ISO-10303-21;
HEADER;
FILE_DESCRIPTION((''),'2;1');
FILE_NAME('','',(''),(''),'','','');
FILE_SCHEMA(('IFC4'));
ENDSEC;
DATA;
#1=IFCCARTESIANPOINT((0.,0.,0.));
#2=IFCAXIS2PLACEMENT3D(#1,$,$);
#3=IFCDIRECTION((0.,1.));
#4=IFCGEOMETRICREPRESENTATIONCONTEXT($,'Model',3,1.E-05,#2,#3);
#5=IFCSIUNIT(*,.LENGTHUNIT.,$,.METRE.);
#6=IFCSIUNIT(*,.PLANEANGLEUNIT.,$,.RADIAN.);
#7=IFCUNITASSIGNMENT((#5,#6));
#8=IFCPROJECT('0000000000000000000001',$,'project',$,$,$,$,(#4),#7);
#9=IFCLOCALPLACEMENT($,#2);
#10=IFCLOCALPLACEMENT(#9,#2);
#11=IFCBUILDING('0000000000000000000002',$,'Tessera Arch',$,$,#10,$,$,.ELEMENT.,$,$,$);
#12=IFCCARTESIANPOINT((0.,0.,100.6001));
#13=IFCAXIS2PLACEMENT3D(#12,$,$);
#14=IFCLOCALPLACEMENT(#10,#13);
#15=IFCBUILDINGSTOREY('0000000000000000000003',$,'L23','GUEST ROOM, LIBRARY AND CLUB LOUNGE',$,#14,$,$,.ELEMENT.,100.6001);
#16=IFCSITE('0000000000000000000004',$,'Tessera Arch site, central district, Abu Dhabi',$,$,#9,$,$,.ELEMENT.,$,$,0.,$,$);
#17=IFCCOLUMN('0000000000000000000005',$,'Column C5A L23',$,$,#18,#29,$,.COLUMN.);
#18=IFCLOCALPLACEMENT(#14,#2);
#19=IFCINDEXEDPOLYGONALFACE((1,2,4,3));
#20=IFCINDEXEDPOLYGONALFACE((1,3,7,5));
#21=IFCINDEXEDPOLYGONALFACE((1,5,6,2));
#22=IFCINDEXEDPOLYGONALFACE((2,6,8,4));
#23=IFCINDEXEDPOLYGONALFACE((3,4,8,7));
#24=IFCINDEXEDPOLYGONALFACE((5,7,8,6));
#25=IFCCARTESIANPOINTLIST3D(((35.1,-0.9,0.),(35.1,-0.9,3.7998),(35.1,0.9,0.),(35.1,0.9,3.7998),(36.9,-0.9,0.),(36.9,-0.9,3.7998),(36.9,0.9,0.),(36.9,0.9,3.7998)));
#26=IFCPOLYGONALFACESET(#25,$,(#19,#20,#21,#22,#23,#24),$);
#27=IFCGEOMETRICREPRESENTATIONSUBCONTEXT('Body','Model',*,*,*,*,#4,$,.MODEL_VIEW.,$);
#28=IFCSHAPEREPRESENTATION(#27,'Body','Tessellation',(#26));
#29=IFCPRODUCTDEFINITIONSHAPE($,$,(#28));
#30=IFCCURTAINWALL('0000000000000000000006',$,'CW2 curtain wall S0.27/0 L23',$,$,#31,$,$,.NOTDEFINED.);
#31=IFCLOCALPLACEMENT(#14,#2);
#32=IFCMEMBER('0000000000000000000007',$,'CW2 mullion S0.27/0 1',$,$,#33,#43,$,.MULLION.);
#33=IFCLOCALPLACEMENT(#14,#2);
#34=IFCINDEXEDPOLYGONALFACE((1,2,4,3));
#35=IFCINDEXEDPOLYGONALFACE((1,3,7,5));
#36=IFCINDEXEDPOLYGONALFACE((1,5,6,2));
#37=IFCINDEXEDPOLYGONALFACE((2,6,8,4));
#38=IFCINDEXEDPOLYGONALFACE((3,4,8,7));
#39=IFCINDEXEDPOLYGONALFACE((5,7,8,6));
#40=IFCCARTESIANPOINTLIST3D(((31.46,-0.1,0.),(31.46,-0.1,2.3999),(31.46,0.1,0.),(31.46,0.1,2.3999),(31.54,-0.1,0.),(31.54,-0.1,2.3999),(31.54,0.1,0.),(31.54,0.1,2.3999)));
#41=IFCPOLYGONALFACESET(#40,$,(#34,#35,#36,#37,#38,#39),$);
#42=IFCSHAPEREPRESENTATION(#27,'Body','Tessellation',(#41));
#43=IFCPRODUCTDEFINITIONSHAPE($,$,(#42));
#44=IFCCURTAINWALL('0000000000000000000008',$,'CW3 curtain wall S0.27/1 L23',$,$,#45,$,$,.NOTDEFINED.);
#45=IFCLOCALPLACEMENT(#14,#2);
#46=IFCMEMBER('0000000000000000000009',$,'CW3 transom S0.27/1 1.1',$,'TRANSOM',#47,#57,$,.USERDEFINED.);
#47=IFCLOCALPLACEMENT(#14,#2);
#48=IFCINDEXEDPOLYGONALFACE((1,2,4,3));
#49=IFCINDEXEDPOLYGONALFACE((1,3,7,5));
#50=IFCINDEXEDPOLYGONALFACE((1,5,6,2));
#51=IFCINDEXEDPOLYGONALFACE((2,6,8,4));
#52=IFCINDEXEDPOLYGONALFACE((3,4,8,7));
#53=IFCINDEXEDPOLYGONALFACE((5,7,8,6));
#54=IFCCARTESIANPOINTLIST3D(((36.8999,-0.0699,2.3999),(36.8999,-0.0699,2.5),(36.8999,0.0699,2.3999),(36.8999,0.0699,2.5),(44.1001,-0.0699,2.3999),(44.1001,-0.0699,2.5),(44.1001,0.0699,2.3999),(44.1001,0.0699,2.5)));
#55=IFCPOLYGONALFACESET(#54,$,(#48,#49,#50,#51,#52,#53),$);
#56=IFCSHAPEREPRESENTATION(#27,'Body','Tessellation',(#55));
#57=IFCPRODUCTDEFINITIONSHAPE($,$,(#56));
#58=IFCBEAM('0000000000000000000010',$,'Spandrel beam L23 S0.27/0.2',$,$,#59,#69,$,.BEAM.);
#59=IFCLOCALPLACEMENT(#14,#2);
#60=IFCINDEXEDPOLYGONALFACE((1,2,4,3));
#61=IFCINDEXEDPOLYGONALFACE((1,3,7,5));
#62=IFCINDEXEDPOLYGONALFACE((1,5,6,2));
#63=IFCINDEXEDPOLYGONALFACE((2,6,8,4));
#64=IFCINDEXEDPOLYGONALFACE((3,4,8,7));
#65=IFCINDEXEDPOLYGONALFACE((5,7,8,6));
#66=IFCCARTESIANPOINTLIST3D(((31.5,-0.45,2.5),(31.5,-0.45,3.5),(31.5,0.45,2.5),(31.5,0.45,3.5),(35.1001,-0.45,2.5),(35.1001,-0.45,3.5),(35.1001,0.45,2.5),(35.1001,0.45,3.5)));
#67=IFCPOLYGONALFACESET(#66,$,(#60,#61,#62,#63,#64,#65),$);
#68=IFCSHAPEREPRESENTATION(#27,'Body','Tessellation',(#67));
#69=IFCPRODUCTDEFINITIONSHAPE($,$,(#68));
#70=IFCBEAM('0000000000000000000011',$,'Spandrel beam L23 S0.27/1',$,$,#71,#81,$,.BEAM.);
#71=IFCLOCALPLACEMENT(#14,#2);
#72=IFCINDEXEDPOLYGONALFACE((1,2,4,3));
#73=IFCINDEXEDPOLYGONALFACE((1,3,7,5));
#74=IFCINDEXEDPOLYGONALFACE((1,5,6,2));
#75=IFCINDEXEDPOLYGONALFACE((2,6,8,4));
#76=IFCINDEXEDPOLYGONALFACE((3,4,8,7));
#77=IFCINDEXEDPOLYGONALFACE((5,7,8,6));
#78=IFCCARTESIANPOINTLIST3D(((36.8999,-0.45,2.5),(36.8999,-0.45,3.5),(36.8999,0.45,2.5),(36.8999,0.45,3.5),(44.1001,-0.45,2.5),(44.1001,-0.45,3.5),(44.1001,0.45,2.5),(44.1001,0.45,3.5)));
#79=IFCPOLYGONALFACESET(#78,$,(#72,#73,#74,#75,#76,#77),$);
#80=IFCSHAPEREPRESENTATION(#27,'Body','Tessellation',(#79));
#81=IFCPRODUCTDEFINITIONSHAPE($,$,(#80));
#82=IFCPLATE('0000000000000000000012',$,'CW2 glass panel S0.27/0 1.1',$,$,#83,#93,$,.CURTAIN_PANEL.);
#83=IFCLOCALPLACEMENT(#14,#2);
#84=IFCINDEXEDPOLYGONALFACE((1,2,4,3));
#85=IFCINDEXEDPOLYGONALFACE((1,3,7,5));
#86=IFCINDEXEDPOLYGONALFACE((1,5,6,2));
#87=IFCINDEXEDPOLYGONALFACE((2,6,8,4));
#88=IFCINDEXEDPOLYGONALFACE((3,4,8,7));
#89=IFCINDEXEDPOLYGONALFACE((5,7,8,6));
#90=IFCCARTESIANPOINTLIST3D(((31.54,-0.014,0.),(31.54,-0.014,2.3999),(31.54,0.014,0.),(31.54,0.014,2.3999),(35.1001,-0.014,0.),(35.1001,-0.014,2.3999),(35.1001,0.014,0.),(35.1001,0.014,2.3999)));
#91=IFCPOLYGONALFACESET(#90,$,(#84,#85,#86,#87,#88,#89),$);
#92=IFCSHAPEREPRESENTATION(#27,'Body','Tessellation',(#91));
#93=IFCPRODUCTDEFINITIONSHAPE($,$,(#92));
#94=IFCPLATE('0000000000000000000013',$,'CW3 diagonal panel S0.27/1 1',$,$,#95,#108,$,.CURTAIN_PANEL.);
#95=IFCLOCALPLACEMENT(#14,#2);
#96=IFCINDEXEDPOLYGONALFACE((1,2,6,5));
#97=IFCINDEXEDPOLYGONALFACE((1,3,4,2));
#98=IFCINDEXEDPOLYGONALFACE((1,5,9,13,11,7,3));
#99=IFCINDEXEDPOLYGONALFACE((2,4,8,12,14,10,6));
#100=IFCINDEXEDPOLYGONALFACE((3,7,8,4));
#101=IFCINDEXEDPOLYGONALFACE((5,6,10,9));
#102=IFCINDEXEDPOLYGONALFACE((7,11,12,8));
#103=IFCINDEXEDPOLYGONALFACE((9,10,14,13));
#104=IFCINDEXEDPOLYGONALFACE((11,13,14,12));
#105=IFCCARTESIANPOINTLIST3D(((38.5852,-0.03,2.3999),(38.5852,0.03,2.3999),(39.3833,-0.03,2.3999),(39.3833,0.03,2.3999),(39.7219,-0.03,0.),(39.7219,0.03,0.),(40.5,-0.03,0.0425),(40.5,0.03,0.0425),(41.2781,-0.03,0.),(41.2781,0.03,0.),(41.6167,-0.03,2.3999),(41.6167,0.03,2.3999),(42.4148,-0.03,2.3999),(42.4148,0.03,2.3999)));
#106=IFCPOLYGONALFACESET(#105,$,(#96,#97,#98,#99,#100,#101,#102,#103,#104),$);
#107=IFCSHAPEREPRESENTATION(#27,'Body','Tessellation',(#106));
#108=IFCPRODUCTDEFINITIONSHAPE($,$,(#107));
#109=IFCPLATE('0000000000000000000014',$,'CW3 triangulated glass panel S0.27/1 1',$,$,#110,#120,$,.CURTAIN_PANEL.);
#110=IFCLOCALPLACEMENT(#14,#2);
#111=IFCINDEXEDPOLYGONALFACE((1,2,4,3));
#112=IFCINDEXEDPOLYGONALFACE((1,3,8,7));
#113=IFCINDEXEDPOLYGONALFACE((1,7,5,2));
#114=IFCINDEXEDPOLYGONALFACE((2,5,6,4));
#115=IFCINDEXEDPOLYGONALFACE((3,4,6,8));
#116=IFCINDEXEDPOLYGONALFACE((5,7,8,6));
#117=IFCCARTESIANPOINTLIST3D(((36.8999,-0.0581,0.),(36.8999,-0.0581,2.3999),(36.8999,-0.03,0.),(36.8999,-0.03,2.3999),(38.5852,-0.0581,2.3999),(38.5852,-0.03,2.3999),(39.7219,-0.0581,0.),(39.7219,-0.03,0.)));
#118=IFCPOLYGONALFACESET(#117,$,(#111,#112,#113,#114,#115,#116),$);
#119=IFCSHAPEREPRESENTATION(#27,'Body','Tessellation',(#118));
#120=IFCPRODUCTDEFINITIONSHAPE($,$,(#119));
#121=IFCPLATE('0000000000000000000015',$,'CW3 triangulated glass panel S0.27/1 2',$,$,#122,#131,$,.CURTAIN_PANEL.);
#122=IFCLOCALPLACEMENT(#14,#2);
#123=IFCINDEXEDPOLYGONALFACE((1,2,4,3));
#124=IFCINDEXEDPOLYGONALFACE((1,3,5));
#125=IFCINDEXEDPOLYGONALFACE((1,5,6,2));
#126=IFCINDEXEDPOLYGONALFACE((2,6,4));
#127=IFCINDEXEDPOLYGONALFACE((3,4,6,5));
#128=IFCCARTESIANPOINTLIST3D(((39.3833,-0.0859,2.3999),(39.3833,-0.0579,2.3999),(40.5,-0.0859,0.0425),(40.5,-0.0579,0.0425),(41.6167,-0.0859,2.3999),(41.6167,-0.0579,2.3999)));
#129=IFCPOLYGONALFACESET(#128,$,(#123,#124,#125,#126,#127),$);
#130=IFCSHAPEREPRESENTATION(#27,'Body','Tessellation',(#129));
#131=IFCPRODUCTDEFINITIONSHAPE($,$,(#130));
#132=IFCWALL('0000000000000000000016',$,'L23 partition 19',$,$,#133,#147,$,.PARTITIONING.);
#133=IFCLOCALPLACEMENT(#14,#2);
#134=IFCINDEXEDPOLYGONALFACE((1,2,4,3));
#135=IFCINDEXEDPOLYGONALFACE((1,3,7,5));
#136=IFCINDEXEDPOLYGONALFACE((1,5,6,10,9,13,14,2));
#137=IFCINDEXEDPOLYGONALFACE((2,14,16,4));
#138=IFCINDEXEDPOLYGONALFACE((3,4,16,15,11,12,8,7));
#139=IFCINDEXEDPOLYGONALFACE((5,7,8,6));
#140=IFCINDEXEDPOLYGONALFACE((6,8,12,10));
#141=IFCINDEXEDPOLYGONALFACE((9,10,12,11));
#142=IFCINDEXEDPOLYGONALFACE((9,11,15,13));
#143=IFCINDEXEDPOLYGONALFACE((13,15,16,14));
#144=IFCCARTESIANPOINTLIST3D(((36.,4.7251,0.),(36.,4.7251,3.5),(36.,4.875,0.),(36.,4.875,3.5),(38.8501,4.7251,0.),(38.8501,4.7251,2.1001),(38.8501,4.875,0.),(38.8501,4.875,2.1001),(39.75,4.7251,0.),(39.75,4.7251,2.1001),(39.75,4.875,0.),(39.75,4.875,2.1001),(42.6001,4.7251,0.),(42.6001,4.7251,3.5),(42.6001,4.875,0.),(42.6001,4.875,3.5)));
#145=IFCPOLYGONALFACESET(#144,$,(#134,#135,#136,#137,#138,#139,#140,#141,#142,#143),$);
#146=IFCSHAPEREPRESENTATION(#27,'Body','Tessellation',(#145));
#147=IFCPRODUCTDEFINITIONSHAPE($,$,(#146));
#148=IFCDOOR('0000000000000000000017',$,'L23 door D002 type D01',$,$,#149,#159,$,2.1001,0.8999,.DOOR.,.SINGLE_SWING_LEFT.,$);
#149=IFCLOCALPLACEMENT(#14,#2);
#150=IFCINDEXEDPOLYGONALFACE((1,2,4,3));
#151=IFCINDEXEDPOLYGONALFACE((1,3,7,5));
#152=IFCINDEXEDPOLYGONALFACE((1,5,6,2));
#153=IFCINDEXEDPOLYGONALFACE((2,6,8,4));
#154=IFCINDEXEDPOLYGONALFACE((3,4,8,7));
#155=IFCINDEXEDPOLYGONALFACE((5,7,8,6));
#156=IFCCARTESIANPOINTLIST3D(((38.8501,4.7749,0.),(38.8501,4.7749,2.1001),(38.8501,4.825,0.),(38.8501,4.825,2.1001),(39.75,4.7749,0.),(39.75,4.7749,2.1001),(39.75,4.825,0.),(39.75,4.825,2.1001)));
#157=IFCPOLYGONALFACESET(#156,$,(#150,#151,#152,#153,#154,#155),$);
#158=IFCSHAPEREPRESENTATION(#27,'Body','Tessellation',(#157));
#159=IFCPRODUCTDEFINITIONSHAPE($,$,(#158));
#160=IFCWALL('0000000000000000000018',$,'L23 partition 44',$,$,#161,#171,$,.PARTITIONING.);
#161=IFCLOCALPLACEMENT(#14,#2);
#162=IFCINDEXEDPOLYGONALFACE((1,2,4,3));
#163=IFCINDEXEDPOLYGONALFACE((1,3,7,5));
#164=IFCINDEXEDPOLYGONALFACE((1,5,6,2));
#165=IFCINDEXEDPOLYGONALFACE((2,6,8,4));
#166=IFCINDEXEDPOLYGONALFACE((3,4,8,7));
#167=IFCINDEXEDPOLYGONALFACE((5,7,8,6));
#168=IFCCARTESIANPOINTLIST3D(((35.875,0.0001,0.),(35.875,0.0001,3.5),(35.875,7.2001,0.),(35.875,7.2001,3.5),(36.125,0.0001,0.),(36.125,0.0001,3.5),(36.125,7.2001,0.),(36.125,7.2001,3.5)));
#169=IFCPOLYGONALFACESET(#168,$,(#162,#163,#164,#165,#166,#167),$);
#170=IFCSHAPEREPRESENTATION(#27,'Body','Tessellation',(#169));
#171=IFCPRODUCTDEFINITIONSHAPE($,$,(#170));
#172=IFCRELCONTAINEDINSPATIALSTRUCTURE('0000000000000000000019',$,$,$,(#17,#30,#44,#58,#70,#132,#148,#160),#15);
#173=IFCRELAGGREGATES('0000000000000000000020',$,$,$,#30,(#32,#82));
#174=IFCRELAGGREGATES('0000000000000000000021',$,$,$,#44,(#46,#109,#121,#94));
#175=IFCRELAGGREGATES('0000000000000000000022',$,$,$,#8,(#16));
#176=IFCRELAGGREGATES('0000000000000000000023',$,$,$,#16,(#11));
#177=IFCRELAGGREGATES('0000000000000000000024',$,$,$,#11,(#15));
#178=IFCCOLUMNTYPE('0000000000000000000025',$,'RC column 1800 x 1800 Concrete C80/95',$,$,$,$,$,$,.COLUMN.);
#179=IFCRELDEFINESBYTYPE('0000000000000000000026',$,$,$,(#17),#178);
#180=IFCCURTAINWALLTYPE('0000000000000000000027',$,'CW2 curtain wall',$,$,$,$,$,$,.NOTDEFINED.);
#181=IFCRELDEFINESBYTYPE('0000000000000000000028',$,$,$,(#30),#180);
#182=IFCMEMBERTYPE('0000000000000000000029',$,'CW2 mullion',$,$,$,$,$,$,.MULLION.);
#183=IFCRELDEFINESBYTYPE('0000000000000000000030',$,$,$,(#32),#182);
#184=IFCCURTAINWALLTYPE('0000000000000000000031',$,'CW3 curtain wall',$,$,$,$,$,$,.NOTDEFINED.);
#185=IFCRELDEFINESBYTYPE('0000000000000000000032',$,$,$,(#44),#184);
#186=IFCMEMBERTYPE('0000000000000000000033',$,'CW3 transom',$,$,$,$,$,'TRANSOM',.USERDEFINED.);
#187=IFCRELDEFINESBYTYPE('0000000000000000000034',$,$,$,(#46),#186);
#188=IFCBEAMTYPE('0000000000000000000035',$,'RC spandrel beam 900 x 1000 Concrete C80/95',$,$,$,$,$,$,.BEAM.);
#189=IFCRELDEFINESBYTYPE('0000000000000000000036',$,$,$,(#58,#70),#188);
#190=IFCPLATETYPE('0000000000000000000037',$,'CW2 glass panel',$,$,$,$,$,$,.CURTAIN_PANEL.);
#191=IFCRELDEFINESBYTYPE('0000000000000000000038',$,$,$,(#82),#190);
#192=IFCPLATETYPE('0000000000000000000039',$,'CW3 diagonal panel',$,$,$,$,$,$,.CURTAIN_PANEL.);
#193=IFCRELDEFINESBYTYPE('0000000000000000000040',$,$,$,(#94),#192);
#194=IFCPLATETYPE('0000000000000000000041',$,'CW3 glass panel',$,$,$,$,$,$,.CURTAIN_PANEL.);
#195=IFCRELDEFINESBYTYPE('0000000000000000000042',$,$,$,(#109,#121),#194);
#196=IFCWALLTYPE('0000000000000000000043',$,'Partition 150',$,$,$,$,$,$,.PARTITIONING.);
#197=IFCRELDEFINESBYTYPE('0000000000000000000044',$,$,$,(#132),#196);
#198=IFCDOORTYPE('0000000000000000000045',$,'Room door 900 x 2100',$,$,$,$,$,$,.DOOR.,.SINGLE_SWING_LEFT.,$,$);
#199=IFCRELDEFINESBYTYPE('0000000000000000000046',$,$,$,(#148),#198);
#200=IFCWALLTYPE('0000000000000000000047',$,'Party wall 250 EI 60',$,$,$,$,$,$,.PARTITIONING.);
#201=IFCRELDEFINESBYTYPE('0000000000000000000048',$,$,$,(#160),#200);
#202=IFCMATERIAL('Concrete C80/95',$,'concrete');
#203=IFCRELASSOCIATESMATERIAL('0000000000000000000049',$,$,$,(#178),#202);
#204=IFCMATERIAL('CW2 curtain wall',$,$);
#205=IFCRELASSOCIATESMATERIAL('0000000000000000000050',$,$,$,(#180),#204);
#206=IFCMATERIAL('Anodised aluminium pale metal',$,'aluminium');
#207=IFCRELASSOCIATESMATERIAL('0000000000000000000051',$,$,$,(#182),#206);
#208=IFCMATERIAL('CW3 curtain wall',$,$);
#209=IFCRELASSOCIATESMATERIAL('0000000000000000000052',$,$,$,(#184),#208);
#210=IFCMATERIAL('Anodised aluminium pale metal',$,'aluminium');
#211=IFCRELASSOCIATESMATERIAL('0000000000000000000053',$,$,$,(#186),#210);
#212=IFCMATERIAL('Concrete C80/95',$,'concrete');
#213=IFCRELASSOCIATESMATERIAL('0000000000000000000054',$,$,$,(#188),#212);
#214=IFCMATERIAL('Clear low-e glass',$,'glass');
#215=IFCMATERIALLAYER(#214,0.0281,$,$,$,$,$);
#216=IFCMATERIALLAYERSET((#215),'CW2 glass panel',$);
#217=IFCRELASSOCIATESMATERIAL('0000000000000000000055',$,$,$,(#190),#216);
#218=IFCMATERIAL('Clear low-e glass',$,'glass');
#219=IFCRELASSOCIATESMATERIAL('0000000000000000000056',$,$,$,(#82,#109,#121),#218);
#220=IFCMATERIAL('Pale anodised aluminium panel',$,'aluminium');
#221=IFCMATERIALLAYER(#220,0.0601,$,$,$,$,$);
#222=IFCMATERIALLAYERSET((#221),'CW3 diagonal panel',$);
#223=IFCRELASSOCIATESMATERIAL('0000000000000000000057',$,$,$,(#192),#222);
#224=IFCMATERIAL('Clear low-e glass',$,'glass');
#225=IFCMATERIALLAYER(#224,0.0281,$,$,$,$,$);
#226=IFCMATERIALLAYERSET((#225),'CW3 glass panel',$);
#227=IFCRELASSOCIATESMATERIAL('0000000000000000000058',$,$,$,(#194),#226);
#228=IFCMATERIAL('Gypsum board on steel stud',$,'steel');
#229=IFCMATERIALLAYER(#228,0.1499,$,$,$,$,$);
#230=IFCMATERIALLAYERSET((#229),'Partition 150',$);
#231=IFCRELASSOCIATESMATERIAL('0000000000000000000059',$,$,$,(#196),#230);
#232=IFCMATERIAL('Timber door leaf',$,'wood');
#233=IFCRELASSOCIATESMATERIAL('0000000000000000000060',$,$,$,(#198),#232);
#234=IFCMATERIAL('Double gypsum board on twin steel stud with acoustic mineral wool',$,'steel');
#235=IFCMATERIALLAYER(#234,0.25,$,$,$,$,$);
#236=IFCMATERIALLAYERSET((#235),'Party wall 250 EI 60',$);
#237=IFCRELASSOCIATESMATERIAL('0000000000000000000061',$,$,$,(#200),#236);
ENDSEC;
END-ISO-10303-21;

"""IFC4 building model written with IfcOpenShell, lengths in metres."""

from ifc_helpers import new_model, si_unit, direction, frame, frame_2d, origin, origin_2d, place, context, subcontext, project, spatial, polyline, rectangle, outline, extrude, material, layer, layer_set, material_profile, profile_set, type_object, element, fill, aggregate, save


model = new_model("IFC4")

# Units and contexts
model_context = context("Model", 3, precision=1e-05, world=origin(), true_north=direction((0.0, 1.0)))
body_context = subcontext(model_context, "Body", "Model", "MODEL_VIEW")
ifc_project = project(units=[si_unit("LENGTHUNIT", "METRE"), si_unit("PLANEANGLEUNIT", "RADIAN")], contexts=[model_context])

# Site, building, storey
site_placement = place(None, origin())
site = spatial("IfcSite", under=ifc_project, at=site_placement, Name="Tessera Arch site, central district, Abu Dhabi", CompositionType="ELEMENT", RefElevation=0.0)
building_placement = place(site_placement, origin())
building = spatial("IfcBuilding", under=site, at=building_placement, Name="Tessera Arch", CompositionType="ELEMENT")
storey_placement = place(building_placement, frame((0.0, 0.0, 100.6001)))
storey = spatial("IfcBuildingStorey", under=building, at=storey_placement, Name="L23", Description="GUEST ROOM, LIBRARY AND CLUB LOUNGE", CompositionType="ELEMENT", Elevation=100.6001)

# Column
ifc_material_1 = material(Name="Concrete C80/95", Category="concrete")
ifc_material_profile_1 = material_profile(ifc_material_1, rectangle(XDim=1.8, YDim=1.8, at=origin_2d()), Name="RC column 1800 x 1800 Concrete C80/95")
ifc_profile_set_1 = profile_set([ifc_material_profile_1], Name="Concrete C80/95")
column_type = type_object("IfcColumnType", Name="RC column 1800 x 1800 Concrete C80/95", PredefinedType="COLUMN", material=ifc_profile_set_1)
column_placement = place(storey_placement, frame((36.0, 0.0, 0.0), z_axis=(0.0, 0.0, 1.0), x_axis=(1.0, 0.0, 0.0)))
element("IfcColumn", 1, at=column_placement, inside=storey, type_object=column_type, Name="Column C5A L23", PredefinedType="COLUMN", context=body_context, shape_type="SweptSolid", body=[
    extrude(rectangle(XDim=1.8, YDim=1.8, at=origin_2d()), origin(), (0.0, 0.0, 1.0), 3.7998),
])

# Curtain walls, members
ifc_material_2 = material(Name="CW2 curtain wall")
curtain_wall_type_1 = type_object("IfcCurtainWallType", Name="CW2 curtain wall", PredefinedType="NOTDEFINED", material=ifc_material_2)
curtain_wall_1_placement = place(storey_placement, origin())
curtain_wall_1 = element("IfcCurtainWall", 2, at=curtain_wall_1_placement, inside=storey, type_object=curtain_wall_type_1, Name="CW2 curtain wall S0.27/0 L23", PredefinedType="NOTDEFINED")
ifc_material_3 = material(Name="Anodised aluminium pale metal", Category="aluminium")
ifc_material_profile_2 = material_profile(ifc_material_3, rectangle(XDim=0.2, YDim=0.0801, at=origin_2d()), Name="AL 80x200")
ifc_profile_set_2 = profile_set([ifc_material_profile_2], Name="Anodised aluminium pale metal")
member_type_1 = type_object("IfcMemberType", Name="CW2 mullion", PredefinedType="MULLION", material=ifc_profile_set_2)
member_1_placement = place(storey_placement, frame((31.5, 0.0, 0.0), z_axis=(0.0, 0.0, 1.0), x_axis=(0.0, 1.0, 0.0)))
member_1 = element("IfcMember", 3, at=member_1_placement, type_object=member_type_1, Name="CW2 mullion S0.27/0 1", PredefinedType="MULLION", context=body_context, shape_type="SweptSolid", body=[
    extrude(rectangle(XDim=0.2, YDim=0.0801, at=origin_2d()), origin(), (0.0, 0.0, 1.0), 2.3999),
])
ifc_material_4 = material(Name="CW3 curtain wall")
curtain_wall_type_2 = type_object("IfcCurtainWallType", Name="CW3 curtain wall", PredefinedType="NOTDEFINED", material=ifc_material_4)
curtain_wall_2_placement = place(storey_placement, origin())
curtain_wall_2 = element("IfcCurtainWall", 4, at=curtain_wall_2_placement, inside=storey, type_object=curtain_wall_type_2, Name="CW3 curtain wall S0.27/1 L23", PredefinedType="NOTDEFINED")
ifc_material_5 = material(Name="Anodised aluminium pale metal", Category="aluminium")
ifc_material_profile_3 = material_profile(ifc_material_5, rectangle(XDim=0.1399, YDim=0.1001, at=origin_2d()), Name="AL 140x100")
ifc_profile_set_3 = profile_set([ifc_material_profile_3], Name="Anodised aluminium pale metal")
member_type_2 = type_object("IfcMemberType", Name="CW3 transom", ElementType="TRANSOM", PredefinedType="USERDEFINED", material=ifc_profile_set_3)
member_2_placement = place(storey_placement, frame((36.8999, 0.0, 2.45), z_axis=(1.0, 0.0, 0.0), x_axis=(0.0, 1.0, 0.0)))
member_2 = element("IfcMember", 5, at=member_2_placement, type_object=member_type_2, Name="CW3 transom S0.27/1 1.1", ObjectType="TRANSOM", PredefinedType="USERDEFINED", context=body_context, shape_type="SweptSolid", body=[
    extrude(rectangle(XDim=0.1399, YDim=0.1001, at=origin_2d()), origin(), (0.0, 0.0, 1.0), 7.2002),
])

# Beams
ifc_material_6 = material(Name="Concrete C80/95", Category="concrete")
ifc_material_profile_4 = material_profile(ifc_material_6, rectangle(XDim=0.8999, YDim=1.0, at=origin_2d()), Name="RC spandrel beam 900 x 1000 Concrete C80/95")
ifc_profile_set_4 = profile_set([ifc_material_profile_4], Name="Concrete C80/95")
beam_type = type_object("IfcBeamType", Name="RC spandrel beam 900 x 1000 Concrete C80/95", PredefinedType="BEAM", material=ifc_profile_set_4)
beam_1_placement = place(storey_placement, frame((31.5, 0.0, 3.0), z_axis=(1.0, 0.0, 0.0), x_axis=(0.0, 1.0, 0.0)))
element("IfcBeam", 6, at=beam_1_placement, inside=storey, type_object=beam_type, Name="Spandrel beam L23 S0.27/0.2", PredefinedType="BEAM", context=body_context, shape_type="SweptSolid", body=[
    extrude(rectangle(XDim=0.8999, YDim=1.0, at=origin_2d()), origin(), (0.0, 0.0, 1.0), 3.6001),
])
beam_2_placement = place(storey_placement, frame((36.8999, 0.0, 3.0), z_axis=(1.0, 0.0, 0.0), x_axis=(0.0, 1.0, 0.0)))
element("IfcBeam", 7, at=beam_2_placement, inside=storey, type_object=beam_type, Name="Spandrel beam L23 S0.27/1", PredefinedType="BEAM", context=body_context, shape_type="SweptSolid", body=[
    extrude(rectangle(XDim=0.8999, YDim=1.0, at=origin_2d()), origin(), (0.0, 0.0, 1.0), 7.2002),
])

# Plates
ifc_material_7 = material(Name="Clear low-e glass", Category="glass")
ifc_material_8 = material(Name="Clear low-e glass", Category="glass")
ifc_layer_1 = layer(ifc_material_8, 0.0281)
ifc_layer_set_1 = layer_set([ifc_layer_1], Name="CW2 glass panel")
plate_type_1 = type_object("IfcPlateType", Name="CW2 glass panel", PredefinedType="CURTAIN_PANEL", material=ifc_layer_set_1)
plate_1_placement = place(storey_placement, frame((33.3201, 0.0, 0.0), z_axis=(0.0, 0.0, 1.0), x_axis=(1.0, 0.0, 0.0)))
plate_1 = element("IfcPlate", 8, at=plate_1_placement, type_object=plate_type_1, material=ifc_material_7, Name="CW2 glass panel S0.27/0 1.1", PredefinedType="CURTAIN_PANEL", context=body_context, shape_type="SweptSolid", body=[
    extrude(rectangle(XDim=3.5601, YDim=0.0281, at=origin_2d()), origin(), (0.0, 0.0, 1.0), 2.3999),
])
aggregate(curtain_wall_1, [member_1, plate_1])
ifc_material_9 = material(Name="Pale anodised aluminium panel", Category="aluminium")
ifc_layer_2 = layer(ifc_material_9, 0.0601)
ifc_layer_set_2 = layer_set([ifc_layer_2], Name="CW3 diagonal panel")
plate_type_2 = type_object("IfcPlateType", Name="CW3 diagonal panel", PredefinedType="CURTAIN_PANEL", material=ifc_layer_set_2)
plate_2_placement = place(storey_placement, frame((42.4148, -0.03, 2.3999), z_axis=(0.0, -1.0, 0.0), x_axis=(-1.0, 0.0, 0.0)))
plate_2 = element("IfcPlate", 9, at=plate_2_placement, type_object=plate_type_2, Name="CW3 diagonal panel S0.27/1 1", PredefinedType="CURTAIN_PANEL", context=body_context, shape_type="SweptSolid", body=[
    extrude(outline(polyline([(0.0, 0.0), (0.7981, 0.0), (1.9148, 2.3574), (3.0315, 0.0), (3.8296, 0.0), (2.6929, 2.3999), (1.1367, 2.3999), (0.0, 0.0)])), origin(), (0.0, 0.0, -1.0), 0.0601),
])
ifc_material_10 = material(Name="Clear low-e glass", Category="glass")
ifc_layer_3 = layer(ifc_material_10, 0.0281)
ifc_layer_set_3 = layer_set([ifc_layer_3], Name="CW3 glass panel")
plate_type_3 = type_object("IfcPlateType", Name="CW3 glass panel", PredefinedType="CURTAIN_PANEL", material=ifc_layer_set_3)
plate_3_placement = place(storey_placement, frame((36.8999, -0.0581, 0.0), z_axis=(0.0, -1.0, 0.0), x_axis=(1.0, 0.0, 0.0)))
plate_3 = element("IfcPlate", 10, at=plate_3_placement, type_object=plate_type_3, material=ifc_material_7, Name="CW3 triangulated glass panel S0.27/1 1", PredefinedType="CURTAIN_PANEL", context=body_context, shape_type="SweptSolid", body=[
    extrude(outline(polyline([(0.0, 0.0), (2.822, 0.0), (1.6853, 2.3999), (0.0, 2.3999), (0.0, 0.0)])), origin(), (0.0, 0.0, -1.0), 0.0281),
])
plate_4_placement = place(storey_placement, frame((41.6167, -0.0859, 2.3999), z_axis=(0.0, -1.0, 0.0), x_axis=(-1.0, 0.0, 0.0)))
plate_4 = element("IfcPlate", 11, at=plate_4_placement, type_object=plate_type_3, material=ifc_material_7, Name="CW3 triangulated glass panel S0.27/1 2", PredefinedType="CURTAIN_PANEL", context=body_context, shape_type="SweptSolid", body=[
    extrude(outline(polyline([(0.0, 0.0), (2.2334, 0.0), (1.1167, 2.3574), (0.0, 0.0)])), origin(), (0.0, 0.0, -1.0), 0.0281),
])
aggregate(curtain_wall_2, [member_2, plate_3, plate_4, plate_2])

# Wall, opening, door
ifc_material_11 = material(Name="Gypsum board on steel stud", Category="steel")
ifc_layer_4 = layer(ifc_material_11, 0.1499)
ifc_layer_set_4 = layer_set([ifc_layer_4], Name="Partition 150")
wall_type_1 = type_object("IfcWallType", Name="Partition 150", PredefinedType="PARTITIONING", material=ifc_layer_set_4)
wall_1_placement = place(storey_placement, frame((36.0, 4.8, 0.0), z_axis=(0.0, 0.0, 1.0), x_axis=(1.0, 0.0, 0.0)))
wall_1 = element("IfcWall", 12, at=wall_1_placement, inside=storey, type_object=wall_type_1, Name="L23 partition 19", PredefinedType="PARTITIONING", context=body_context, shape_type="SweptSolid", body=[
    extrude(rectangle(XDim=6.6001, YDim=0.1499, at=frame_2d((3.3, 0.0))), origin(), (0.0, 0.0, 1.0), 3.5),
])
opening_1_placement = place(wall_1_placement, frame((2.8501, 0.0, 0.0)))
opening_1 = element("IfcOpeningElement", 13, at=opening_1_placement, cuts=wall_1, PredefinedType="OPENING", context=body_context, shape_type="SweptSolid", body=[
    extrude(rectangle(XDim=0.8999, YDim=2.1001, at=frame_2d((0.45, 1.05))), frame((0.0, 0.085, 0.0), z_axis=(0.0, -1.0, 0.0), x_axis=(1.0, 0.0, 0.0)), (0.0, 0.0, 1.0), 0.1699),
])
ifc_material_12 = material(Name="Timber door leaf", Category="wood")
door_type_1 = type_object("IfcDoorType", Name="Room door 900 x 2100", OperationType="SINGLE_SWING_LEFT", PredefinedType="DOOR", material=ifc_material_12)
door_1_placement = place(opening_1_placement, origin())
door_1 = element("IfcDoor", 14, at=door_1_placement, inside=storey, type_object=door_type_1, Name="L23 door D002 type D01", OperationType="SINGLE_SWING_LEFT", OverallHeight=2.1001, OverallWidth=0.8999, PredefinedType="DOOR", context=body_context, shape_type="SweptSolid", body=[
    extrude(rectangle(XDim=0.8999, YDim=2.1001, at=frame_2d((0.45, 1.05))), frame((0.0, 0.0249, 0.0), z_axis=(0.0, -1.0, 0.0), x_axis=(1.0, 0.0, 0.0)), (0.0, 0.0, 1.0), 0.05),
])
fill(opening_1, door_1)

# Wall
ifc_material_13 = material(Name="Double gypsum board on twin steel stud with acoustic mineral wool", Category="steel")
ifc_layer_5 = layer(ifc_material_13, 0.25)
ifc_layer_set_5 = layer_set([ifc_layer_5], Name="Party wall 250 EI 60")
wall_type_2 = type_object("IfcWallType", Name="Party wall 250 EI 60", PredefinedType="PARTITIONING", material=ifc_layer_set_5)
wall_2_placement = place(storey_placement, frame((36.0, 0.0, 0.0), z_axis=(0.0, 0.0, 1.0), x_axis=(0.0, 1.0, 0.0)))
element("IfcWall", 15, at=wall_2_placement, inside=storey, type_object=wall_type_2, Name="L23 partition 44", PredefinedType="PARTITIONING", context=body_context, shape_type="SweptSolid", body=[
    extrude(rectangle(XDim=7.2, YDim=0.25, at=frame_2d((3.6001, 0.0))), origin(), (0.0, 0.0, 1.0), 3.5),
])

save(model, "model.ifc")
